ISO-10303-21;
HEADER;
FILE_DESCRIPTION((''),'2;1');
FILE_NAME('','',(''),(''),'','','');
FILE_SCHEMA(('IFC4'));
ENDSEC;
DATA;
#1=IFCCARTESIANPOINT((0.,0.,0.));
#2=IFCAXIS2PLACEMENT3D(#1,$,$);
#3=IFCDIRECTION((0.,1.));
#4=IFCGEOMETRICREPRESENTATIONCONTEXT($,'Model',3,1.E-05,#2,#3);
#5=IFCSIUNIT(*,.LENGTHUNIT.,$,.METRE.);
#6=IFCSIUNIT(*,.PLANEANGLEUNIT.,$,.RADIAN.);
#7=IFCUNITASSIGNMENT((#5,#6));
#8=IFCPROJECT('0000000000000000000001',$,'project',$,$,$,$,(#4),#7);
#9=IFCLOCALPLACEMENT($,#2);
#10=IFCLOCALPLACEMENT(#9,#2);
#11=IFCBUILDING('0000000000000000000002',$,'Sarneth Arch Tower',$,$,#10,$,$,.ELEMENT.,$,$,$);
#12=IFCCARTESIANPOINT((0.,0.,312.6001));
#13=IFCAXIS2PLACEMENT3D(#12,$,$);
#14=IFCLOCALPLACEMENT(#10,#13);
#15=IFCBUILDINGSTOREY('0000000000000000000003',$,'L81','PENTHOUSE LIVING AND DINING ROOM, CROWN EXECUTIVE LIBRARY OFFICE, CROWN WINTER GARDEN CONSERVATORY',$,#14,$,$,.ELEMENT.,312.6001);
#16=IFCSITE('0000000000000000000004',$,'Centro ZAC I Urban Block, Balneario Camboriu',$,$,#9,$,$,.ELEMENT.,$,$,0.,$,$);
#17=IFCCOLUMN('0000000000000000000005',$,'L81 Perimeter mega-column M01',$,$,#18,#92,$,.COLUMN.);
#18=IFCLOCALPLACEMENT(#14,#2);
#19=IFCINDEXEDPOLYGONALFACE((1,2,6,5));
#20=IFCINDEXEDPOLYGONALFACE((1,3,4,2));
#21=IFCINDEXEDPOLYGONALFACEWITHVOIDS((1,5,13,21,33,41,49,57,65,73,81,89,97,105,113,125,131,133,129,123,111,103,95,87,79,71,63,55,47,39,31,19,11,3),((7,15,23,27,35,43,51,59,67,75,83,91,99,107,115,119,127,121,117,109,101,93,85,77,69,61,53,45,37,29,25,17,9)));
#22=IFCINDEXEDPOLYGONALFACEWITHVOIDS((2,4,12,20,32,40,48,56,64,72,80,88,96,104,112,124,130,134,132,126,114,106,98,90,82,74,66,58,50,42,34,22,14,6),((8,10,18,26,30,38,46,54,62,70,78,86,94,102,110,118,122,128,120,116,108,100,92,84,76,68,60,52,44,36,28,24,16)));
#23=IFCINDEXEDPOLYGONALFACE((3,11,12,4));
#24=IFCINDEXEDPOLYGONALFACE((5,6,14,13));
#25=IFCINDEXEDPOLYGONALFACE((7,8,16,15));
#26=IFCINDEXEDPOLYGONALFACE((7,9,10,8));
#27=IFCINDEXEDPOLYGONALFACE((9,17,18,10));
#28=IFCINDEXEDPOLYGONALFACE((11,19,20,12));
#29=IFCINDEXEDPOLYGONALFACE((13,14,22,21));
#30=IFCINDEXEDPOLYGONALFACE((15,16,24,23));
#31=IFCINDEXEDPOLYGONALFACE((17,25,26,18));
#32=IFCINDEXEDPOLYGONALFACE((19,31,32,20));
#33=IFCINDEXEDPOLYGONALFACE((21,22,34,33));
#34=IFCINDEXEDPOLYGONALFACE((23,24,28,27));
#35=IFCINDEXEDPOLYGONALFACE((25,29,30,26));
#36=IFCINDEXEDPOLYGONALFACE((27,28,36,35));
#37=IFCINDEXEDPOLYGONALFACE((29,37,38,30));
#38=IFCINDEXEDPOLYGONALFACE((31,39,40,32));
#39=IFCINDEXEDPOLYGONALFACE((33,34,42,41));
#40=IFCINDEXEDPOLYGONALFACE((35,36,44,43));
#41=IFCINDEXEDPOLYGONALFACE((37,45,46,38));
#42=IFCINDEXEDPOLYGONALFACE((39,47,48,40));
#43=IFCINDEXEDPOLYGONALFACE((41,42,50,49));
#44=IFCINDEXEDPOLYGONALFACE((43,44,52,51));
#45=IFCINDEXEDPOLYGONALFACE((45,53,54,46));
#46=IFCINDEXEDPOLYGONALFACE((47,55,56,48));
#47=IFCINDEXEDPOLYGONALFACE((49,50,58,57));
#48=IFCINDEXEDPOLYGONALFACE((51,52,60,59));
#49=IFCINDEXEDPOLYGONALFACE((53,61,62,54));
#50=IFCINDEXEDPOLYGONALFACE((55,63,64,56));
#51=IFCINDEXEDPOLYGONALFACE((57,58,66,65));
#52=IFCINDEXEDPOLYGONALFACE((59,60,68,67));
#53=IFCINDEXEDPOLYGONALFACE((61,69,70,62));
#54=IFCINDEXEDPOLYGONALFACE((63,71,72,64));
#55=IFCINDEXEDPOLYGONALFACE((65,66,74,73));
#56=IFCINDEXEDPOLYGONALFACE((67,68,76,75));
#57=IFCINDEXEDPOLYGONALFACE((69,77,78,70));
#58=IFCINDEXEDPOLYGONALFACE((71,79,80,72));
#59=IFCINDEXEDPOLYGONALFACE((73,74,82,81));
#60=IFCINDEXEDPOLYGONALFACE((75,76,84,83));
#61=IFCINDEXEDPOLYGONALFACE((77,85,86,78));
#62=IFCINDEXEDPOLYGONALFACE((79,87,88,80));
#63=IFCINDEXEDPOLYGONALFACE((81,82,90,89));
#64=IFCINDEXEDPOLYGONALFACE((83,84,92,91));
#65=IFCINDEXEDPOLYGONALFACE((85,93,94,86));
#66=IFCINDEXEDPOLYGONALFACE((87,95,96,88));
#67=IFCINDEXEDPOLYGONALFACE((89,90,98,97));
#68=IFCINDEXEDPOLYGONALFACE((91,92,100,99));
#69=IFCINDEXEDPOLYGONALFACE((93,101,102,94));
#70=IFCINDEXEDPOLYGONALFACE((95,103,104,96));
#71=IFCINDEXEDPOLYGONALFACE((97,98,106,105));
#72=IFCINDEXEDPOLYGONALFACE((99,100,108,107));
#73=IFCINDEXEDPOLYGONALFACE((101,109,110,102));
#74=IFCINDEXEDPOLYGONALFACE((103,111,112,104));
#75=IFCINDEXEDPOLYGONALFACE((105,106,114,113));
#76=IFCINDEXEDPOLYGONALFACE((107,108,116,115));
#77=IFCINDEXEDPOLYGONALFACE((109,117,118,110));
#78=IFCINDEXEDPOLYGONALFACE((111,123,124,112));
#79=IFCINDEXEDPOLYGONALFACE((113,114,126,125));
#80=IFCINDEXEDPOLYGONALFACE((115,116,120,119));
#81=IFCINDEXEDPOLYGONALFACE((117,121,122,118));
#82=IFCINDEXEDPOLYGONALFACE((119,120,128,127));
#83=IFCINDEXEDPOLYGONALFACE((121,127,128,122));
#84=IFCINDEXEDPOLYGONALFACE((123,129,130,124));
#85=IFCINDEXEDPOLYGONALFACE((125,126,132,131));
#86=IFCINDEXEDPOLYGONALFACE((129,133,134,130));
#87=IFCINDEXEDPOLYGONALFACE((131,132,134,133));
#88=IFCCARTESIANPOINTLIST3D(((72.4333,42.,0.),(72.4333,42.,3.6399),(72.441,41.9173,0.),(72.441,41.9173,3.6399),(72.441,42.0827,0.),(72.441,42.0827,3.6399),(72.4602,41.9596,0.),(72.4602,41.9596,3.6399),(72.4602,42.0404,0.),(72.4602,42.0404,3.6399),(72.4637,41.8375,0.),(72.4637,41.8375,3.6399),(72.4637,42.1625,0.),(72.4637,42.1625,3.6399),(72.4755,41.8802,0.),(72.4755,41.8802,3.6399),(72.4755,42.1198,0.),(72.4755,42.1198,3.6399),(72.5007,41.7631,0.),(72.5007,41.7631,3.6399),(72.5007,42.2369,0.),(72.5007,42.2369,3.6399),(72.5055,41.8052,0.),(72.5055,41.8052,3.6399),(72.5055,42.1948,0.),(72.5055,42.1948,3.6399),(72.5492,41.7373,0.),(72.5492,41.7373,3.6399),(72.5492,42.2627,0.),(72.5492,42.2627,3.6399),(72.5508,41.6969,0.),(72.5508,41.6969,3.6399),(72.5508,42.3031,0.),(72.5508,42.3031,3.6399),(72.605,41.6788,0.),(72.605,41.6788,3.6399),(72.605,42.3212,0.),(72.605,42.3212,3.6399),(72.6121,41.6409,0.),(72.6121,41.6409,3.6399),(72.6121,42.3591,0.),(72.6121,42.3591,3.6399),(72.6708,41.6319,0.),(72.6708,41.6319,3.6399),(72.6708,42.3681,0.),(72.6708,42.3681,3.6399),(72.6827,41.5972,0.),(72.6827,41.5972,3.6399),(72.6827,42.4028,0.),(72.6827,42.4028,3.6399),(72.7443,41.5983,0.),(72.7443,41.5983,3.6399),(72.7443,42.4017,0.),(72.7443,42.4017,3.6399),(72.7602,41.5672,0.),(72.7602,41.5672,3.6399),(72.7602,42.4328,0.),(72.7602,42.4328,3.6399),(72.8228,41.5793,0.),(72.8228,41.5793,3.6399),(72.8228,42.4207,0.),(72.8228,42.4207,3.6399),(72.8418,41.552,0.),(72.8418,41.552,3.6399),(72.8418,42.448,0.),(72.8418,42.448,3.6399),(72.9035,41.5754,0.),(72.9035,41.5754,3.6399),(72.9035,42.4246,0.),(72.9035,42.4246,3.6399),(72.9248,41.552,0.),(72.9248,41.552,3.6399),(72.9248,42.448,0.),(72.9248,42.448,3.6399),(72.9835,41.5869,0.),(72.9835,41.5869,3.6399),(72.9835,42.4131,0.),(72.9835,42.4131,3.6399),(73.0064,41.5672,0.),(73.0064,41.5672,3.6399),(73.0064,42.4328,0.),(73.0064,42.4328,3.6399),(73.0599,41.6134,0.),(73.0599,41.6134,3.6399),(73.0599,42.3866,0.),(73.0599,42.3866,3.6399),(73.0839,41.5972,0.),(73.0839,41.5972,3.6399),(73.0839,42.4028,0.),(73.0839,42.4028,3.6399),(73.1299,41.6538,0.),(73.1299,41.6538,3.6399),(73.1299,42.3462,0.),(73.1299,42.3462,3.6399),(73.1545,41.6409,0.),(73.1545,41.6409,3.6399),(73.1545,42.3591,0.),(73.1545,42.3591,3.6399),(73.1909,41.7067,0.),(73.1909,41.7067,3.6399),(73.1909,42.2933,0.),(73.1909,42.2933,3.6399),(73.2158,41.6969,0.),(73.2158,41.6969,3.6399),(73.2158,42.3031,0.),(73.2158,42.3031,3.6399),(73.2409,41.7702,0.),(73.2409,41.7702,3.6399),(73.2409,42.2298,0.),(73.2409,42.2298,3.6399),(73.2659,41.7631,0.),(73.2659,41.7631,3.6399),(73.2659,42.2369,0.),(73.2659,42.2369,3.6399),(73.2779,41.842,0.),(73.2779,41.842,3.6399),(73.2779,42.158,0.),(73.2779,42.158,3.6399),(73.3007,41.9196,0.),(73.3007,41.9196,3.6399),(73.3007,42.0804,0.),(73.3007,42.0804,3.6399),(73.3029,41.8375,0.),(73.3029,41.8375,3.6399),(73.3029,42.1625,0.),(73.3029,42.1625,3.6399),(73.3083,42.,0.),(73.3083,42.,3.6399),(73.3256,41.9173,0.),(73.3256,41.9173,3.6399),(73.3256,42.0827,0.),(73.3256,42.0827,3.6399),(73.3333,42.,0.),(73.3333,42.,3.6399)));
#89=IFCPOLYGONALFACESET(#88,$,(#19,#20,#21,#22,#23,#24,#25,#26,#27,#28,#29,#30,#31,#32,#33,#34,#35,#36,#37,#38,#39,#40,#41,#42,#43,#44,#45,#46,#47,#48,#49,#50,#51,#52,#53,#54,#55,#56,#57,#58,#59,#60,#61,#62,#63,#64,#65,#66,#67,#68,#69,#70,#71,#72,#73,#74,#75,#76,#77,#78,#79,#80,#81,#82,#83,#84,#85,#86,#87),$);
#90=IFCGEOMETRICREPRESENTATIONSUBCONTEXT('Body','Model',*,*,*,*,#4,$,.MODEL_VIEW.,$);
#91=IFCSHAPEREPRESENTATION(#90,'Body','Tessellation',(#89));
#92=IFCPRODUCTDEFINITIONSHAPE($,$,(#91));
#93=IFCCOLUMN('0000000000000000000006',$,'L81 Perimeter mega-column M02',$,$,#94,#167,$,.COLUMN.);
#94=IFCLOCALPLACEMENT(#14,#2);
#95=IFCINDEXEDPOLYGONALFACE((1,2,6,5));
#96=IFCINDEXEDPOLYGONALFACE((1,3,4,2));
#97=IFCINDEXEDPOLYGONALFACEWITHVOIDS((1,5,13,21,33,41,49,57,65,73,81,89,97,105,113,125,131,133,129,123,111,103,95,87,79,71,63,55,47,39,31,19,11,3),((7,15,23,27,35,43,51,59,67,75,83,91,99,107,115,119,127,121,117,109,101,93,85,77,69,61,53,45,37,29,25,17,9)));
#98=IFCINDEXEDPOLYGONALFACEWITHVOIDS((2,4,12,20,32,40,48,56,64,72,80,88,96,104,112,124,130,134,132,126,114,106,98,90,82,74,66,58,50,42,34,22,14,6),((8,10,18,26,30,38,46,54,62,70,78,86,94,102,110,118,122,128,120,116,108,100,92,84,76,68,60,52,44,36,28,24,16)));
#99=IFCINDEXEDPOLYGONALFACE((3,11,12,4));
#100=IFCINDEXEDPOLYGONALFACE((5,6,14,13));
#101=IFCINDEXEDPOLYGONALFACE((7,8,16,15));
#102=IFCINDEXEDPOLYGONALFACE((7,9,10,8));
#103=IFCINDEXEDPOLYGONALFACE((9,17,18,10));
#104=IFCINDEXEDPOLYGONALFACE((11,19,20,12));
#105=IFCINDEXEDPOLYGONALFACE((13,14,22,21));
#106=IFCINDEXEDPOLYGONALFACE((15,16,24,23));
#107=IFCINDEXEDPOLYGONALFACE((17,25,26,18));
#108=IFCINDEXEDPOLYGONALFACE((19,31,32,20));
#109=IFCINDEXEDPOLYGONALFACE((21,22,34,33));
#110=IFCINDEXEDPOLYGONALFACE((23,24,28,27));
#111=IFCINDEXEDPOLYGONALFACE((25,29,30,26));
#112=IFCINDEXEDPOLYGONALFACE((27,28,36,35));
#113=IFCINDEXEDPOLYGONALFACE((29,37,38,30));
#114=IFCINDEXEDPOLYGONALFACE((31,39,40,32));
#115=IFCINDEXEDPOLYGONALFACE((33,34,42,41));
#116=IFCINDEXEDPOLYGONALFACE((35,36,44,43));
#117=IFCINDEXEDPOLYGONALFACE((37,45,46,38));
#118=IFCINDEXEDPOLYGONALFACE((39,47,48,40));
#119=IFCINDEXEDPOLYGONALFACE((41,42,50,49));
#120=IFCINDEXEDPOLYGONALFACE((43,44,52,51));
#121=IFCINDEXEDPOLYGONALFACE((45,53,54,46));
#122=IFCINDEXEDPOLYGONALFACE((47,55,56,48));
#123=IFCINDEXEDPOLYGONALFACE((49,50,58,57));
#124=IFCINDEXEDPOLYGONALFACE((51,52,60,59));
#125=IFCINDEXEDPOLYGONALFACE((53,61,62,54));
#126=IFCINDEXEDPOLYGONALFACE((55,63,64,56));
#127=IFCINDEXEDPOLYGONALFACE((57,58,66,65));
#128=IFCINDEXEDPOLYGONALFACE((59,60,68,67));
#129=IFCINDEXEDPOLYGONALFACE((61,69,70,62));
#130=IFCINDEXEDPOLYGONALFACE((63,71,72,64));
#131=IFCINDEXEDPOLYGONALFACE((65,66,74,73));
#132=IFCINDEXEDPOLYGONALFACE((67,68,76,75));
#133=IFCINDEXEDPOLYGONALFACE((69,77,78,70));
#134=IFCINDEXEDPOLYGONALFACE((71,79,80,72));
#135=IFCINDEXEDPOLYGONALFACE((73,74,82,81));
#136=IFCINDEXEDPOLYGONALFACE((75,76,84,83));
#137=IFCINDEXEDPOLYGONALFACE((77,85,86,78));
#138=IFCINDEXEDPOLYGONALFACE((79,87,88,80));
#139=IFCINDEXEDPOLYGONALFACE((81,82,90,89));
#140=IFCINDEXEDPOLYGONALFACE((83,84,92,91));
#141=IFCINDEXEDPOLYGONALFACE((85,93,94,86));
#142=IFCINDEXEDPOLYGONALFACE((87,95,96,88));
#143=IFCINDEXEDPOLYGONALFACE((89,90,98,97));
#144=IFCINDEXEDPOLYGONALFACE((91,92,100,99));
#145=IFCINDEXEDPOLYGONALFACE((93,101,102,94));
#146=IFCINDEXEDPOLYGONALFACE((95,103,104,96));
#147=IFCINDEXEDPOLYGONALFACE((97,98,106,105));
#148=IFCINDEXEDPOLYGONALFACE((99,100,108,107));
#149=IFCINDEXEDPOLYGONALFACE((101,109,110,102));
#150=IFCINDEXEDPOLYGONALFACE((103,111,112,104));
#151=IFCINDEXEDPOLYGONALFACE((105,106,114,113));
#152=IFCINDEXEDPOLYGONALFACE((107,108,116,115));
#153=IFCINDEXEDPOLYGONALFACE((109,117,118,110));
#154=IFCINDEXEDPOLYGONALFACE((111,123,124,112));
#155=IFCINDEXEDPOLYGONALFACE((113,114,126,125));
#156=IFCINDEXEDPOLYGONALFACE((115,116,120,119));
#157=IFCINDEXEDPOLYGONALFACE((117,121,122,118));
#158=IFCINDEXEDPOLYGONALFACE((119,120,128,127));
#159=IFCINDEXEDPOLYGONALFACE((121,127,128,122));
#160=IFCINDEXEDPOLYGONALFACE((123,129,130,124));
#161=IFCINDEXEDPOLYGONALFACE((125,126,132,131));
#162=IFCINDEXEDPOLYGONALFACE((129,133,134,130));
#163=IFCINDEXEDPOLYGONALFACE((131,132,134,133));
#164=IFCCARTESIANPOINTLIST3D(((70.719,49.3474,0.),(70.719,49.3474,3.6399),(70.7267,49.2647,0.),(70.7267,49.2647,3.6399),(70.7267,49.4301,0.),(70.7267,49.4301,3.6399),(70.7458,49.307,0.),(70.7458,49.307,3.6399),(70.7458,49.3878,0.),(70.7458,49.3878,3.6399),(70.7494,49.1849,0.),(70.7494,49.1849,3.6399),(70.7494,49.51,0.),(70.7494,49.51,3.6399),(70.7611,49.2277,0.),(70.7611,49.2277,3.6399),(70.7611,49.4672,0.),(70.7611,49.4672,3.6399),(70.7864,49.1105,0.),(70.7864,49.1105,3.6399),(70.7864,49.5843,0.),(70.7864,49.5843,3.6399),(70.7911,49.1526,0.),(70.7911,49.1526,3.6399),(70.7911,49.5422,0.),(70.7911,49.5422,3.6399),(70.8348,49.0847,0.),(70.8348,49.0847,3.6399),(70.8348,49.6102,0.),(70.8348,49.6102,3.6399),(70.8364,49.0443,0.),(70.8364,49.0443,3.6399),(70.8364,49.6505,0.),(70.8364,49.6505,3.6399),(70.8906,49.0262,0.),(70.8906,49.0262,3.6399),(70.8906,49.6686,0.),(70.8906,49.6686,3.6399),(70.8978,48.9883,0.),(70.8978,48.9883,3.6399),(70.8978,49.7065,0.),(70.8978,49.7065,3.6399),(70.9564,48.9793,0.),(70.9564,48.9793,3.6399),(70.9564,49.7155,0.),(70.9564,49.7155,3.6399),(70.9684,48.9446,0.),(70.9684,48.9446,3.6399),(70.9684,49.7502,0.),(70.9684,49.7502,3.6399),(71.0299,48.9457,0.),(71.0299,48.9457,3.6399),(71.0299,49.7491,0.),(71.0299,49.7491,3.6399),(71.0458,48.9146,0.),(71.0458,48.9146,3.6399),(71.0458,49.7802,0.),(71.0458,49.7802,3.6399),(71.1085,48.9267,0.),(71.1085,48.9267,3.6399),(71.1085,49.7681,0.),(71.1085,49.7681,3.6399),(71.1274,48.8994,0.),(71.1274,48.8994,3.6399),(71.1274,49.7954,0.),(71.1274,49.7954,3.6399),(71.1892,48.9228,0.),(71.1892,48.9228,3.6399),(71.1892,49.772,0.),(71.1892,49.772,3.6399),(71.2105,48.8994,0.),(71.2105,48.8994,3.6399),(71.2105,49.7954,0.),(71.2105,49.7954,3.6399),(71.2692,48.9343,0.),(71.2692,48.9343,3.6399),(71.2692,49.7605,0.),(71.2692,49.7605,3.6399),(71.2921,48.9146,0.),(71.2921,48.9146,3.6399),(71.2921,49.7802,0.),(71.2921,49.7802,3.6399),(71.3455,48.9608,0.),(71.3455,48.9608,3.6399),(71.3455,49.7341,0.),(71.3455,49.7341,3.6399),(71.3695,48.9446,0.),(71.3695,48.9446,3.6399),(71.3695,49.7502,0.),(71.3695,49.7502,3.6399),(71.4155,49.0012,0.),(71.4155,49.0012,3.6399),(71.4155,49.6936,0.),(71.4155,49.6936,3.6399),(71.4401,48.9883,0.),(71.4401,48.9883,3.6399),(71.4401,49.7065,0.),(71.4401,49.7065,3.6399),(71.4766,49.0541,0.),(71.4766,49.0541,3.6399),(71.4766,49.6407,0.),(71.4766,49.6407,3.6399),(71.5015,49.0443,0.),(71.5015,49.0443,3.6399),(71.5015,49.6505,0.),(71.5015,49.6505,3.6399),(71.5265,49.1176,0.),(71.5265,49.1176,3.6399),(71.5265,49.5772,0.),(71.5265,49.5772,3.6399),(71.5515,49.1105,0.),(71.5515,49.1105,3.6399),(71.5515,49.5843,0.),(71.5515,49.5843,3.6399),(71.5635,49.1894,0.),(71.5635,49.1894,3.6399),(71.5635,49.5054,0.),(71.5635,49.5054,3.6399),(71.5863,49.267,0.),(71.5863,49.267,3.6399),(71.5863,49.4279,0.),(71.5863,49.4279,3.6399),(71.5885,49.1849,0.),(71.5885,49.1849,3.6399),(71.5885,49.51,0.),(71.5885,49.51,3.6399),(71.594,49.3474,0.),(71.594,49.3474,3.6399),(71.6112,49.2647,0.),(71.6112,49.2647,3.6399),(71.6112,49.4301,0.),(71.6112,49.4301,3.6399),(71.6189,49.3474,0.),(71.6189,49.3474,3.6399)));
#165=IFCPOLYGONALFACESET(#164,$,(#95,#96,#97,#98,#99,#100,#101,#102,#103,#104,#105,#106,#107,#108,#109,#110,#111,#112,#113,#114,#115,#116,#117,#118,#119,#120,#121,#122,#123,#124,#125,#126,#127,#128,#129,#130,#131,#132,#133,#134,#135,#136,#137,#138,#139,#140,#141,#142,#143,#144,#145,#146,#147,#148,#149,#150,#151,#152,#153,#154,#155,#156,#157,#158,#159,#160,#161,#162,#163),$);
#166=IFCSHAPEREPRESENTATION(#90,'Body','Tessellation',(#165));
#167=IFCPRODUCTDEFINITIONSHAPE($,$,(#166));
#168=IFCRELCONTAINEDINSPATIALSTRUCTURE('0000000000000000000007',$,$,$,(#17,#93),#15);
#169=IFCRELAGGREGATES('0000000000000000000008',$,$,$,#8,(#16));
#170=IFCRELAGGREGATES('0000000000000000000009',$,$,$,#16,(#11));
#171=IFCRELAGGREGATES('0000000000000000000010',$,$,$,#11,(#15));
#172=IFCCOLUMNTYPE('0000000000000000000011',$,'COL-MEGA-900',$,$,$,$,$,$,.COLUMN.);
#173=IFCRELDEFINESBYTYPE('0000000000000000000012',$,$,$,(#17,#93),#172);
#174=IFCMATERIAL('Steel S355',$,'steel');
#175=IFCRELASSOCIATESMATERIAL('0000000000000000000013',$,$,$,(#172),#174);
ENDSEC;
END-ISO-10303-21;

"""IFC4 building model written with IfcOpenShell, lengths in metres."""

from ifc_helpers import new_model, si_unit, direction, frame, origin, origin_2d, place, context, subcontext, project, spatial, hollow_circle, extrude, material, material_profile, profile_set, type_object, element, save


model = new_model("IFC4")

# Units and contexts
model_context = context("Model", 3, precision=1e-05, world=origin(), true_north=direction((0.0, 1.0)))
body_context = subcontext(model_context, "Body", "Model", "MODEL_VIEW")
ifc_project = project(units=[si_unit("LENGTHUNIT", "METRE"), si_unit("PLANEANGLEUNIT", "RADIAN")], contexts=[model_context])

# Site, building, storey
site_placement = place(None, origin())
site = spatial("IfcSite", under=ifc_project, at=site_placement, Name="Centro ZAC I Urban Block, Balneario Camboriu", CompositionType="ELEMENT", RefElevation=0.0)
building_placement = place(site_placement, origin())
building = spatial("IfcBuilding", under=site, at=building_placement, Name="Sarneth Arch Tower", CompositionType="ELEMENT")
storey_placement = place(building_placement, frame((0.0, 0.0, 312.6001)))
storey = spatial("IfcBuildingStorey", under=building, at=storey_placement, Name="L81", Description="PENTHOUSE LIVING AND DINING ROOM, CROWN EXECUTIVE LIBRARY OFFICE, CROWN WINTER GARDEN CONSERVATORY", CompositionType="ELEMENT", Elevation=312.6001)

# Columns
ifc_material_1 = material(Name="Steel S355", Category="steel")
ifc_material_profile_1 = material_profile(ifc_material_1, hollow_circle(Radius=0.45, WallThickness=0.0249, at=origin_2d()), Name="CHS900x25")
ifc_profile_set_1 = profile_set([ifc_material_profile_1], Name="Steel S355")
column_type = type_object("IfcColumnType", Name="COL-MEGA-900", PredefinedType="COLUMN", material=ifc_profile_set_1)
for number, where, z_axis, x_axis, name in (
    (1, (72.8833, 42.0, 0.0), (0.0, 0.0, 1.0), (1.0, 0.0, 0.0), "L81 Perimeter mega-column M01"),
    (2, (71.1689, 49.3474, 0.0), (0.0, 0.0, 1.0), (1.0, 0.0, 0.0), "L81 Perimeter mega-column M02"),
):
    element("IfcColumn", number, at=place(storey_placement, frame(where, z_axis=z_axis, x_axis=x_axis)), inside=storey, type_object=column_type, Name=name, PredefinedType="COLUMN", context=body_context, shape_type="SweptSolid", body=[
        extrude(hollow_circle(Radius=0.45, WallThickness=0.0249, at=origin_2d()), origin(), (0.0, 0.0, 1.0), 3.6399),
    ])

save(model, "model.ifc")
